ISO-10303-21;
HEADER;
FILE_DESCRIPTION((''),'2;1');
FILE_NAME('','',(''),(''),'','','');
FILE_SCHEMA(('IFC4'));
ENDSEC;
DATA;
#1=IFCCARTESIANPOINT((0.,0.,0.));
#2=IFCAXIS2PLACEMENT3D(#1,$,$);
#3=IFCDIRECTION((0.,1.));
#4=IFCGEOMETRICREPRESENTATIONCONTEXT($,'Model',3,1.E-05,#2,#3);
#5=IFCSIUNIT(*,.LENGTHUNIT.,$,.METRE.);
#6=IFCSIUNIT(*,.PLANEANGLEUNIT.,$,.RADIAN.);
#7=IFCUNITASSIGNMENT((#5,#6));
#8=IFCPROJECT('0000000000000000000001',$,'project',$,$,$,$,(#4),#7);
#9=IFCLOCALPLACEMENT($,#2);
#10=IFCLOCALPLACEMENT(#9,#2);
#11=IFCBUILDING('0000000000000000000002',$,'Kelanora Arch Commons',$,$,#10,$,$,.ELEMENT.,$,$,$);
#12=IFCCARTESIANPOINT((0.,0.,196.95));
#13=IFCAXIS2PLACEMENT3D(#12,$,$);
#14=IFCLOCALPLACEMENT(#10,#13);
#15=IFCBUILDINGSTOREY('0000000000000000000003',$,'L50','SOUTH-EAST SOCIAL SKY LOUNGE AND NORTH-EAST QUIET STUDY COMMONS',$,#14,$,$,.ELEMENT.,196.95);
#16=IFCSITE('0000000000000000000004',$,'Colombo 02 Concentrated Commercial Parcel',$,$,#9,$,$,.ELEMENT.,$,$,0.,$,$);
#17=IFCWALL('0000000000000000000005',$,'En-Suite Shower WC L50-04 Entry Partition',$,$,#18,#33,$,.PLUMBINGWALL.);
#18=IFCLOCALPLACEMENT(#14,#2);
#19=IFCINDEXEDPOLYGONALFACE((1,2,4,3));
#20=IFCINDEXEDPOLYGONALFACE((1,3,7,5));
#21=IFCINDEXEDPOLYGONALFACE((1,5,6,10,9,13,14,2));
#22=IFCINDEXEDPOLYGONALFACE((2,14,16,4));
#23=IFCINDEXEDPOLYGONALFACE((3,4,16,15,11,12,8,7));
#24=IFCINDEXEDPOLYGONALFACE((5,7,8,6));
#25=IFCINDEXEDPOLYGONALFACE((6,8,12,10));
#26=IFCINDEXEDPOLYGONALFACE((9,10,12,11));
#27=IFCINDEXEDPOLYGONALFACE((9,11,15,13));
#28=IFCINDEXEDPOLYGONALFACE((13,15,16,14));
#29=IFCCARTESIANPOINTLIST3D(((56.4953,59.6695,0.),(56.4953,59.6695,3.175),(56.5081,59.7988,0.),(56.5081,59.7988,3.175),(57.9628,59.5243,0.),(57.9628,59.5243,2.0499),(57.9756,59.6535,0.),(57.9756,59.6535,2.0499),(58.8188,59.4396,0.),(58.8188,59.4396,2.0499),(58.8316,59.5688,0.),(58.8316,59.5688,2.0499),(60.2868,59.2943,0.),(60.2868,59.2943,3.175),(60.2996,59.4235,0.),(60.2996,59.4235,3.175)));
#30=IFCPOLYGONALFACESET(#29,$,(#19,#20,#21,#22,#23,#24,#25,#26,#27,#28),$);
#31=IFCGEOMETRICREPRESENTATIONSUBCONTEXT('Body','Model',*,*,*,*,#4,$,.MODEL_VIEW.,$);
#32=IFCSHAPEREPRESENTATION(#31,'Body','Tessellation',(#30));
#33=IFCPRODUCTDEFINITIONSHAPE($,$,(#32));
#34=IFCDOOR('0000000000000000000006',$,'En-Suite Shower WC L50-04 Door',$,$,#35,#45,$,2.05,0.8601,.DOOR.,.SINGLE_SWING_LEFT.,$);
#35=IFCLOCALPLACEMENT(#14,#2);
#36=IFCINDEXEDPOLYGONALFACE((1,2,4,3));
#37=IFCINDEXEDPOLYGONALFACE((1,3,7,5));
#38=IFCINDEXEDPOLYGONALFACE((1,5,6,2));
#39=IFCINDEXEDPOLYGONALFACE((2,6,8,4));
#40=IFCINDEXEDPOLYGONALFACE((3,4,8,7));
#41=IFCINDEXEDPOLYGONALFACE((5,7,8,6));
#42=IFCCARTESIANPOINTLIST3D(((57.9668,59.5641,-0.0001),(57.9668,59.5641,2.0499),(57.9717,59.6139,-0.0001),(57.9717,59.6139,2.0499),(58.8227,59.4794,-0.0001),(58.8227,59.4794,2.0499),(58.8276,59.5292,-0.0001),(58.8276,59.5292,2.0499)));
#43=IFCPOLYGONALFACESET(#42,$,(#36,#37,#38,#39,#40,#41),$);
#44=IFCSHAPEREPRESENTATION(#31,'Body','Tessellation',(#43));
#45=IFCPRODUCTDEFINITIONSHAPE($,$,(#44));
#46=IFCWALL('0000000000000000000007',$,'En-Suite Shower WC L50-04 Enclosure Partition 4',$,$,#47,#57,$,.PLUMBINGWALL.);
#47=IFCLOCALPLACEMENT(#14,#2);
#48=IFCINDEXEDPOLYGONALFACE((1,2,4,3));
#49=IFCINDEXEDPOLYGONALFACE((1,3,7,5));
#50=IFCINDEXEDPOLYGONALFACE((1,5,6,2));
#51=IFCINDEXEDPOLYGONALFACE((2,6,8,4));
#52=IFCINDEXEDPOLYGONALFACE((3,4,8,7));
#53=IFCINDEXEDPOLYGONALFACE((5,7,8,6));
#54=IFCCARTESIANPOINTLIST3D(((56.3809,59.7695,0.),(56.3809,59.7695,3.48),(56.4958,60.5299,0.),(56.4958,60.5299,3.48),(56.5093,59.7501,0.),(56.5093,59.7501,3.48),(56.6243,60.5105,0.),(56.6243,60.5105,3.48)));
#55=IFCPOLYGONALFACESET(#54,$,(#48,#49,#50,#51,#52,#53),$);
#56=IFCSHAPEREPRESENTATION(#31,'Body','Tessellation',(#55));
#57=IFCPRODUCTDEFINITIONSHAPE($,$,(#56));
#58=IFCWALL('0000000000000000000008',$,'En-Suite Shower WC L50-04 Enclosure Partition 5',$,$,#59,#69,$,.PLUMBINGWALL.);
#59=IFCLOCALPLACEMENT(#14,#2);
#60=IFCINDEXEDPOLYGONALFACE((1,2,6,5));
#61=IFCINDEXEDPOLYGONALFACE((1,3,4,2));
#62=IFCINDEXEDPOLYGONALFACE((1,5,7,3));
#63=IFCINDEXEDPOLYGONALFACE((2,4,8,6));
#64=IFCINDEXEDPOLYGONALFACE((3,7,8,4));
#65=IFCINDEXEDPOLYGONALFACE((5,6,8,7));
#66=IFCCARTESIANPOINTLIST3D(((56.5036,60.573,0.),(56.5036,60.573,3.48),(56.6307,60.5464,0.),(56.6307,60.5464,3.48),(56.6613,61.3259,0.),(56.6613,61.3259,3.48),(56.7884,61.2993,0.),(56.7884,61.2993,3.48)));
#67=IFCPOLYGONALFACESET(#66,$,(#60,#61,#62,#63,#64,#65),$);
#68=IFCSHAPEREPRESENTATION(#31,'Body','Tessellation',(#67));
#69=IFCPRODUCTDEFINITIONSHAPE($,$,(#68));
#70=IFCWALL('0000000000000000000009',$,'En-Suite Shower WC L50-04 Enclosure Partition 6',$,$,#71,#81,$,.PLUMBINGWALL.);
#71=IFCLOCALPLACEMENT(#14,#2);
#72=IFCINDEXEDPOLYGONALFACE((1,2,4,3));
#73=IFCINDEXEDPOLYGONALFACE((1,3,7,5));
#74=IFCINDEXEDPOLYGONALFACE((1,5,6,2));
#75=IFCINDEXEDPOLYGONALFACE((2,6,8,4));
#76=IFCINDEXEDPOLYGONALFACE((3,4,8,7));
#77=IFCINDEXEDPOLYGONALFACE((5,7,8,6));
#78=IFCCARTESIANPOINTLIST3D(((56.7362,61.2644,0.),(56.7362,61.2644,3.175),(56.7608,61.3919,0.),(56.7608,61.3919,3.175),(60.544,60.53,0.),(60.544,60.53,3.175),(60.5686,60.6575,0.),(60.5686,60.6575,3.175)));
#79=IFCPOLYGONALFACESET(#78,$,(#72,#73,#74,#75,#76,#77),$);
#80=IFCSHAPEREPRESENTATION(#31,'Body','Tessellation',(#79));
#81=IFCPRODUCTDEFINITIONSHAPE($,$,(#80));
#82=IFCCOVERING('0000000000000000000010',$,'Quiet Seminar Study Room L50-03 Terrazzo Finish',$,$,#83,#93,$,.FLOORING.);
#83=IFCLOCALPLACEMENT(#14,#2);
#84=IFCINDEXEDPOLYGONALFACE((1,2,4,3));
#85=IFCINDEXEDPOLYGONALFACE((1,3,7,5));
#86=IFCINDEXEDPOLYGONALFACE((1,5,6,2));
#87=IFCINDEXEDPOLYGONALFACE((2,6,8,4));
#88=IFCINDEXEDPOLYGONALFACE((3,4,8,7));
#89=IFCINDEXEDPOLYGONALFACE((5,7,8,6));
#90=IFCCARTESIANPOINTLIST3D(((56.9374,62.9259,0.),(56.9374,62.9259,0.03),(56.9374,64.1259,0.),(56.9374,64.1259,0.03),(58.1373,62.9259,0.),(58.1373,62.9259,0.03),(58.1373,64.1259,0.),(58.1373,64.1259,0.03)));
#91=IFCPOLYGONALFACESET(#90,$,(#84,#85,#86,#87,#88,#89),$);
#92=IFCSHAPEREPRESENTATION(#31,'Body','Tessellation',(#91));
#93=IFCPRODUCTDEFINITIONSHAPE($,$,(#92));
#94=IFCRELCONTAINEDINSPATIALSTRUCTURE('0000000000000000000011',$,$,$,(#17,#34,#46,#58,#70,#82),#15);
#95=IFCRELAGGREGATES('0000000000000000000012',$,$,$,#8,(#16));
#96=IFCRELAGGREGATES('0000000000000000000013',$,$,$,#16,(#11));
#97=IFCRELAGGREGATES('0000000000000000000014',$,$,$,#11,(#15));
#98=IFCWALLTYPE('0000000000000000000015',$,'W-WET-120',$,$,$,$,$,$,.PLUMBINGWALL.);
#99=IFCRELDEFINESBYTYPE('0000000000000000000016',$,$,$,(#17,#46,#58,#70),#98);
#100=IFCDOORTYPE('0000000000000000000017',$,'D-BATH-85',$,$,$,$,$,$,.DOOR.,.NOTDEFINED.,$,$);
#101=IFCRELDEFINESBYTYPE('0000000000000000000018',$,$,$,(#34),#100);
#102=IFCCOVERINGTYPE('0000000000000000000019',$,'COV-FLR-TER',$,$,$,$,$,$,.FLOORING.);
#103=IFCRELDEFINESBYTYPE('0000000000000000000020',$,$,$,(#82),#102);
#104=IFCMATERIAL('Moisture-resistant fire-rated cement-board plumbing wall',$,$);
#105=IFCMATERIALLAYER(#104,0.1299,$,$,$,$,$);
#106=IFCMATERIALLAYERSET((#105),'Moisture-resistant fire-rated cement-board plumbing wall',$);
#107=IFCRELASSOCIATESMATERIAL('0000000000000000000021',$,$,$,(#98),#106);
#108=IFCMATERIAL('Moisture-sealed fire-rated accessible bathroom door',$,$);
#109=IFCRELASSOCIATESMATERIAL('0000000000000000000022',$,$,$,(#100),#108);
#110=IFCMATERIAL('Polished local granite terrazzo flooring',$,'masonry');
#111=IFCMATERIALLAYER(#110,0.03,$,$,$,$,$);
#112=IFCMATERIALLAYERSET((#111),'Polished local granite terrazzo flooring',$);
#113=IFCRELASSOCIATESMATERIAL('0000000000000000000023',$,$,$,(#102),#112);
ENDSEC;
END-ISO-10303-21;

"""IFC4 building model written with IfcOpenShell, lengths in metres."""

from ifc_helpers import new_model, si_unit, direction, frame, frame_2d, origin, origin_2d, place, context, subcontext, project, spatial, rectangle, extrude, source, transform, mapped, material, layer, layer_set, type_object, element, fill, save


model = new_model("IFC4")

# Units and contexts
model_context = context("Model", 3, precision=1e-05, world=origin(), true_north=direction((0.0, 1.0)))
body_context = subcontext(model_context, "Body", "Model", "MODEL_VIEW")
ifc_project = project(units=[si_unit("LENGTHUNIT", "METRE"), si_unit("PLANEANGLEUNIT", "RADIAN")], contexts=[model_context])

# Site, building, storey
site_placement = place(None, origin())
site = spatial("IfcSite", under=ifc_project, at=site_placement, Name="Colombo 02 Concentrated Commercial Parcel", CompositionType="ELEMENT", RefElevation=0.0)
building_placement = place(site_placement, origin())
building = spatial("IfcBuilding", under=site, at=building_placement, Name="Kelanora Arch Commons", CompositionType="ELEMENT")
storey_placement = place(building_placement, frame((0.0, 0.0, 196.95)))
storey = spatial("IfcBuildingStorey", under=building, at=storey_placement, Name="L50", Description="SOUTH-EAST SOCIAL SKY LOUNGE AND NORTH-EAST QUIET STUDY COMMONS", CompositionType="ELEMENT", Elevation=196.95)

# Wall, opening, door
ifc_material_1 = material(Name="Moisture-resistant fire-rated cement-board plumbing wall")
ifc_layer_1 = layer(ifc_material_1, 0.1299)
ifc_layer_set_1 = layer_set([ifc_layer_1], Name="Moisture-resistant fire-rated cement-board plumbing wall")
wall_type_1 = type_object("IfcWallType", Name="W-WET-120", PredefinedType="PLUMBINGWALL", material=ifc_layer_set_1)
wall_1_placement = place(storey_placement, frame((60.2932, 59.3589, 0.0), z_axis=(0.0, 0.0, 1.0), x_axis=(-0.995138, 0.098489, 0.0)))
wall_1 = element("IfcWall", 1, at=wall_1_placement, inside=storey, type_object=wall_type_1, Name="En-Suite Shower WC L50-04 Entry Partition", PredefinedType="PLUMBINGWALL", context=body_context, shape_type="SweptSolid", body=[
    extrude(rectangle(XDim=3.8101, YDim=0.1299, at=frame_2d((1.905, 0.0))), origin(), (0.0, 0.0, 1.0), 3.175),
])
opening_1_placement = place(wall_1_placement, frame((1.4751, 0.0, 0.0)))
opening_1 = element("IfcOpeningElement", 2, at=opening_1_placement, cuts=wall_1, PredefinedType="OPENING", context=body_context, shape_type="SweptSolid", body=[
    extrude(rectangle(XDim=0.8601, YDim=2.05, at=frame_2d((0.4302, 1.0249))), frame((0.0, 0.075, 0.0), z_axis=(0.0, -1.0, 0.0), x_axis=(1.0, 0.0, 0.0)), (0.0, 0.0, 1.0), 0.1499),
])
ifc_material_2 = material(Name="Moisture-sealed fire-rated accessible bathroom door")
door_type_1 = type_object("IfcDoorType", Name="D-BATH-85", OperationType="NOTDEFINED", PredefinedType="DOOR", material=ifc_material_2)
door_1_placement = place(opening_1_placement, origin())
door_1 = element("IfcDoor", 3, at=door_1_placement, inside=storey, type_object=door_type_1, Name="En-Suite Shower WC L50-04 Door", OperationType="SINGLE_SWING_LEFT", OverallHeight=2.05, OverallWidth=0.8601, PredefinedType="DOOR", context=body_context, shape_type="SweptSolid", body=[
    extrude(rectangle(XDim=0.8601, YDim=2.05, at=frame_2d((0.4302, 1.0249))), frame((0.0, 0.0249, 0.0), z_axis=(0.0, -1.0, 0.0), x_axis=(1.0, 0.0, 0.0)), (0.0, 0.0, 1.0), 0.05),
])
fill(opening_1, door_1)

# Walls
wall_2_placement = place(storey_placement, frame((56.4451, 59.7598, 0.0), z_axis=(0.0, 0.0, 1.0), x_axis=(0.149504, 0.988761, 0.0)))
element("IfcWall", 4, at=wall_2_placement, inside=storey, type_object=wall_type_1, Name="En-Suite Shower WC L50-04 Enclosure Partition 4", PredefinedType="PLUMBINGWALL", context=body_context, shape_type="SweptSolid", body=[
    extrude(rectangle(XDim=0.769, YDim=0.1299, at=frame_2d((0.3845, 0.0))), origin(), (0.0, 0.0, 1.0), 3.48),
])
wall_3_placement = place(storey_placement, frame((56.5671, 60.5596, 0.0), z_axis=(0.0, 0.0, 1.0), x_axis=(0.205019, 0.978758, 0.0)))
element("IfcWall", 5, at=wall_3_placement, inside=storey, type_object=wall_type_1, Name="En-Suite Shower WC L50-04 Enclosure Partition 5", PredefinedType="PLUMBINGWALL", context=body_context, shape_type="SweptSolid", body=[
    extrude(rectangle(XDim=0.7693, YDim=0.1299, at=frame_2d((0.3848, 0.0))), origin(), (0.0, 0.0, 1.0), 3.48),
])
wall_4_placement = place(storey_placement, frame((56.7485, 61.3281, 0.0), z_axis=(0.0, 0.0, 1.0), x_axis=(0.981906, -0.189368, 0.0)))
element("IfcWall", 6, at=wall_4_placement, inside=storey, type_object=wall_type_1, Name="En-Suite Shower WC L50-04 Enclosure Partition 6", PredefinedType="PLUMBINGWALL", context=body_context, shape_type="SweptSolid", body=[
    extrude(rectangle(XDim=3.8779, YDim=0.1299, at=frame_2d((1.939, 0.0))), origin(), (0.0, 0.0, 1.0), 3.175),
])

# Covering
ifc_material_3 = material(Name="Polished local granite terrazzo flooring", Category="masonry")
ifc_layer_2 = layer(ifc_material_3, 0.03)
ifc_layer_set_2 = layer_set([ifc_layer_2], Name="Polished local granite terrazzo flooring")
covering_type = type_object("IfcCoveringType", Name="COV-FLR-TER", PredefinedType="FLOORING", material=ifc_layer_set_2)
shared_shape_1 = source(origin(), body_context, "Body", "SweptSolid", [
    extrude(rectangle(XDim=1.2, YDim=1.2, at=origin_2d()), origin(), (0.0, 0.0, 1.0), 0.03),
])
covering_placement = place(storey_placement, frame((57.5374, 63.5259, 0.0), z_axis=(0.0, 0.0, 1.0), x_axis=(1.0, 0.0, 0.0)))
element("IfcCovering", 7, at=covering_placement, inside=storey, type_object=covering_type, Name="Quiet Seminar Study Room L50-03 Terrazzo Finish", PredefinedType="FLOORING", context=body_context, shape_type="MappedRepresentation", body=[
    mapped(shared_shape_1, transform((0.0, 0.0, 0.0), scale=1.0)),
])

save(model, "model.ifc")
